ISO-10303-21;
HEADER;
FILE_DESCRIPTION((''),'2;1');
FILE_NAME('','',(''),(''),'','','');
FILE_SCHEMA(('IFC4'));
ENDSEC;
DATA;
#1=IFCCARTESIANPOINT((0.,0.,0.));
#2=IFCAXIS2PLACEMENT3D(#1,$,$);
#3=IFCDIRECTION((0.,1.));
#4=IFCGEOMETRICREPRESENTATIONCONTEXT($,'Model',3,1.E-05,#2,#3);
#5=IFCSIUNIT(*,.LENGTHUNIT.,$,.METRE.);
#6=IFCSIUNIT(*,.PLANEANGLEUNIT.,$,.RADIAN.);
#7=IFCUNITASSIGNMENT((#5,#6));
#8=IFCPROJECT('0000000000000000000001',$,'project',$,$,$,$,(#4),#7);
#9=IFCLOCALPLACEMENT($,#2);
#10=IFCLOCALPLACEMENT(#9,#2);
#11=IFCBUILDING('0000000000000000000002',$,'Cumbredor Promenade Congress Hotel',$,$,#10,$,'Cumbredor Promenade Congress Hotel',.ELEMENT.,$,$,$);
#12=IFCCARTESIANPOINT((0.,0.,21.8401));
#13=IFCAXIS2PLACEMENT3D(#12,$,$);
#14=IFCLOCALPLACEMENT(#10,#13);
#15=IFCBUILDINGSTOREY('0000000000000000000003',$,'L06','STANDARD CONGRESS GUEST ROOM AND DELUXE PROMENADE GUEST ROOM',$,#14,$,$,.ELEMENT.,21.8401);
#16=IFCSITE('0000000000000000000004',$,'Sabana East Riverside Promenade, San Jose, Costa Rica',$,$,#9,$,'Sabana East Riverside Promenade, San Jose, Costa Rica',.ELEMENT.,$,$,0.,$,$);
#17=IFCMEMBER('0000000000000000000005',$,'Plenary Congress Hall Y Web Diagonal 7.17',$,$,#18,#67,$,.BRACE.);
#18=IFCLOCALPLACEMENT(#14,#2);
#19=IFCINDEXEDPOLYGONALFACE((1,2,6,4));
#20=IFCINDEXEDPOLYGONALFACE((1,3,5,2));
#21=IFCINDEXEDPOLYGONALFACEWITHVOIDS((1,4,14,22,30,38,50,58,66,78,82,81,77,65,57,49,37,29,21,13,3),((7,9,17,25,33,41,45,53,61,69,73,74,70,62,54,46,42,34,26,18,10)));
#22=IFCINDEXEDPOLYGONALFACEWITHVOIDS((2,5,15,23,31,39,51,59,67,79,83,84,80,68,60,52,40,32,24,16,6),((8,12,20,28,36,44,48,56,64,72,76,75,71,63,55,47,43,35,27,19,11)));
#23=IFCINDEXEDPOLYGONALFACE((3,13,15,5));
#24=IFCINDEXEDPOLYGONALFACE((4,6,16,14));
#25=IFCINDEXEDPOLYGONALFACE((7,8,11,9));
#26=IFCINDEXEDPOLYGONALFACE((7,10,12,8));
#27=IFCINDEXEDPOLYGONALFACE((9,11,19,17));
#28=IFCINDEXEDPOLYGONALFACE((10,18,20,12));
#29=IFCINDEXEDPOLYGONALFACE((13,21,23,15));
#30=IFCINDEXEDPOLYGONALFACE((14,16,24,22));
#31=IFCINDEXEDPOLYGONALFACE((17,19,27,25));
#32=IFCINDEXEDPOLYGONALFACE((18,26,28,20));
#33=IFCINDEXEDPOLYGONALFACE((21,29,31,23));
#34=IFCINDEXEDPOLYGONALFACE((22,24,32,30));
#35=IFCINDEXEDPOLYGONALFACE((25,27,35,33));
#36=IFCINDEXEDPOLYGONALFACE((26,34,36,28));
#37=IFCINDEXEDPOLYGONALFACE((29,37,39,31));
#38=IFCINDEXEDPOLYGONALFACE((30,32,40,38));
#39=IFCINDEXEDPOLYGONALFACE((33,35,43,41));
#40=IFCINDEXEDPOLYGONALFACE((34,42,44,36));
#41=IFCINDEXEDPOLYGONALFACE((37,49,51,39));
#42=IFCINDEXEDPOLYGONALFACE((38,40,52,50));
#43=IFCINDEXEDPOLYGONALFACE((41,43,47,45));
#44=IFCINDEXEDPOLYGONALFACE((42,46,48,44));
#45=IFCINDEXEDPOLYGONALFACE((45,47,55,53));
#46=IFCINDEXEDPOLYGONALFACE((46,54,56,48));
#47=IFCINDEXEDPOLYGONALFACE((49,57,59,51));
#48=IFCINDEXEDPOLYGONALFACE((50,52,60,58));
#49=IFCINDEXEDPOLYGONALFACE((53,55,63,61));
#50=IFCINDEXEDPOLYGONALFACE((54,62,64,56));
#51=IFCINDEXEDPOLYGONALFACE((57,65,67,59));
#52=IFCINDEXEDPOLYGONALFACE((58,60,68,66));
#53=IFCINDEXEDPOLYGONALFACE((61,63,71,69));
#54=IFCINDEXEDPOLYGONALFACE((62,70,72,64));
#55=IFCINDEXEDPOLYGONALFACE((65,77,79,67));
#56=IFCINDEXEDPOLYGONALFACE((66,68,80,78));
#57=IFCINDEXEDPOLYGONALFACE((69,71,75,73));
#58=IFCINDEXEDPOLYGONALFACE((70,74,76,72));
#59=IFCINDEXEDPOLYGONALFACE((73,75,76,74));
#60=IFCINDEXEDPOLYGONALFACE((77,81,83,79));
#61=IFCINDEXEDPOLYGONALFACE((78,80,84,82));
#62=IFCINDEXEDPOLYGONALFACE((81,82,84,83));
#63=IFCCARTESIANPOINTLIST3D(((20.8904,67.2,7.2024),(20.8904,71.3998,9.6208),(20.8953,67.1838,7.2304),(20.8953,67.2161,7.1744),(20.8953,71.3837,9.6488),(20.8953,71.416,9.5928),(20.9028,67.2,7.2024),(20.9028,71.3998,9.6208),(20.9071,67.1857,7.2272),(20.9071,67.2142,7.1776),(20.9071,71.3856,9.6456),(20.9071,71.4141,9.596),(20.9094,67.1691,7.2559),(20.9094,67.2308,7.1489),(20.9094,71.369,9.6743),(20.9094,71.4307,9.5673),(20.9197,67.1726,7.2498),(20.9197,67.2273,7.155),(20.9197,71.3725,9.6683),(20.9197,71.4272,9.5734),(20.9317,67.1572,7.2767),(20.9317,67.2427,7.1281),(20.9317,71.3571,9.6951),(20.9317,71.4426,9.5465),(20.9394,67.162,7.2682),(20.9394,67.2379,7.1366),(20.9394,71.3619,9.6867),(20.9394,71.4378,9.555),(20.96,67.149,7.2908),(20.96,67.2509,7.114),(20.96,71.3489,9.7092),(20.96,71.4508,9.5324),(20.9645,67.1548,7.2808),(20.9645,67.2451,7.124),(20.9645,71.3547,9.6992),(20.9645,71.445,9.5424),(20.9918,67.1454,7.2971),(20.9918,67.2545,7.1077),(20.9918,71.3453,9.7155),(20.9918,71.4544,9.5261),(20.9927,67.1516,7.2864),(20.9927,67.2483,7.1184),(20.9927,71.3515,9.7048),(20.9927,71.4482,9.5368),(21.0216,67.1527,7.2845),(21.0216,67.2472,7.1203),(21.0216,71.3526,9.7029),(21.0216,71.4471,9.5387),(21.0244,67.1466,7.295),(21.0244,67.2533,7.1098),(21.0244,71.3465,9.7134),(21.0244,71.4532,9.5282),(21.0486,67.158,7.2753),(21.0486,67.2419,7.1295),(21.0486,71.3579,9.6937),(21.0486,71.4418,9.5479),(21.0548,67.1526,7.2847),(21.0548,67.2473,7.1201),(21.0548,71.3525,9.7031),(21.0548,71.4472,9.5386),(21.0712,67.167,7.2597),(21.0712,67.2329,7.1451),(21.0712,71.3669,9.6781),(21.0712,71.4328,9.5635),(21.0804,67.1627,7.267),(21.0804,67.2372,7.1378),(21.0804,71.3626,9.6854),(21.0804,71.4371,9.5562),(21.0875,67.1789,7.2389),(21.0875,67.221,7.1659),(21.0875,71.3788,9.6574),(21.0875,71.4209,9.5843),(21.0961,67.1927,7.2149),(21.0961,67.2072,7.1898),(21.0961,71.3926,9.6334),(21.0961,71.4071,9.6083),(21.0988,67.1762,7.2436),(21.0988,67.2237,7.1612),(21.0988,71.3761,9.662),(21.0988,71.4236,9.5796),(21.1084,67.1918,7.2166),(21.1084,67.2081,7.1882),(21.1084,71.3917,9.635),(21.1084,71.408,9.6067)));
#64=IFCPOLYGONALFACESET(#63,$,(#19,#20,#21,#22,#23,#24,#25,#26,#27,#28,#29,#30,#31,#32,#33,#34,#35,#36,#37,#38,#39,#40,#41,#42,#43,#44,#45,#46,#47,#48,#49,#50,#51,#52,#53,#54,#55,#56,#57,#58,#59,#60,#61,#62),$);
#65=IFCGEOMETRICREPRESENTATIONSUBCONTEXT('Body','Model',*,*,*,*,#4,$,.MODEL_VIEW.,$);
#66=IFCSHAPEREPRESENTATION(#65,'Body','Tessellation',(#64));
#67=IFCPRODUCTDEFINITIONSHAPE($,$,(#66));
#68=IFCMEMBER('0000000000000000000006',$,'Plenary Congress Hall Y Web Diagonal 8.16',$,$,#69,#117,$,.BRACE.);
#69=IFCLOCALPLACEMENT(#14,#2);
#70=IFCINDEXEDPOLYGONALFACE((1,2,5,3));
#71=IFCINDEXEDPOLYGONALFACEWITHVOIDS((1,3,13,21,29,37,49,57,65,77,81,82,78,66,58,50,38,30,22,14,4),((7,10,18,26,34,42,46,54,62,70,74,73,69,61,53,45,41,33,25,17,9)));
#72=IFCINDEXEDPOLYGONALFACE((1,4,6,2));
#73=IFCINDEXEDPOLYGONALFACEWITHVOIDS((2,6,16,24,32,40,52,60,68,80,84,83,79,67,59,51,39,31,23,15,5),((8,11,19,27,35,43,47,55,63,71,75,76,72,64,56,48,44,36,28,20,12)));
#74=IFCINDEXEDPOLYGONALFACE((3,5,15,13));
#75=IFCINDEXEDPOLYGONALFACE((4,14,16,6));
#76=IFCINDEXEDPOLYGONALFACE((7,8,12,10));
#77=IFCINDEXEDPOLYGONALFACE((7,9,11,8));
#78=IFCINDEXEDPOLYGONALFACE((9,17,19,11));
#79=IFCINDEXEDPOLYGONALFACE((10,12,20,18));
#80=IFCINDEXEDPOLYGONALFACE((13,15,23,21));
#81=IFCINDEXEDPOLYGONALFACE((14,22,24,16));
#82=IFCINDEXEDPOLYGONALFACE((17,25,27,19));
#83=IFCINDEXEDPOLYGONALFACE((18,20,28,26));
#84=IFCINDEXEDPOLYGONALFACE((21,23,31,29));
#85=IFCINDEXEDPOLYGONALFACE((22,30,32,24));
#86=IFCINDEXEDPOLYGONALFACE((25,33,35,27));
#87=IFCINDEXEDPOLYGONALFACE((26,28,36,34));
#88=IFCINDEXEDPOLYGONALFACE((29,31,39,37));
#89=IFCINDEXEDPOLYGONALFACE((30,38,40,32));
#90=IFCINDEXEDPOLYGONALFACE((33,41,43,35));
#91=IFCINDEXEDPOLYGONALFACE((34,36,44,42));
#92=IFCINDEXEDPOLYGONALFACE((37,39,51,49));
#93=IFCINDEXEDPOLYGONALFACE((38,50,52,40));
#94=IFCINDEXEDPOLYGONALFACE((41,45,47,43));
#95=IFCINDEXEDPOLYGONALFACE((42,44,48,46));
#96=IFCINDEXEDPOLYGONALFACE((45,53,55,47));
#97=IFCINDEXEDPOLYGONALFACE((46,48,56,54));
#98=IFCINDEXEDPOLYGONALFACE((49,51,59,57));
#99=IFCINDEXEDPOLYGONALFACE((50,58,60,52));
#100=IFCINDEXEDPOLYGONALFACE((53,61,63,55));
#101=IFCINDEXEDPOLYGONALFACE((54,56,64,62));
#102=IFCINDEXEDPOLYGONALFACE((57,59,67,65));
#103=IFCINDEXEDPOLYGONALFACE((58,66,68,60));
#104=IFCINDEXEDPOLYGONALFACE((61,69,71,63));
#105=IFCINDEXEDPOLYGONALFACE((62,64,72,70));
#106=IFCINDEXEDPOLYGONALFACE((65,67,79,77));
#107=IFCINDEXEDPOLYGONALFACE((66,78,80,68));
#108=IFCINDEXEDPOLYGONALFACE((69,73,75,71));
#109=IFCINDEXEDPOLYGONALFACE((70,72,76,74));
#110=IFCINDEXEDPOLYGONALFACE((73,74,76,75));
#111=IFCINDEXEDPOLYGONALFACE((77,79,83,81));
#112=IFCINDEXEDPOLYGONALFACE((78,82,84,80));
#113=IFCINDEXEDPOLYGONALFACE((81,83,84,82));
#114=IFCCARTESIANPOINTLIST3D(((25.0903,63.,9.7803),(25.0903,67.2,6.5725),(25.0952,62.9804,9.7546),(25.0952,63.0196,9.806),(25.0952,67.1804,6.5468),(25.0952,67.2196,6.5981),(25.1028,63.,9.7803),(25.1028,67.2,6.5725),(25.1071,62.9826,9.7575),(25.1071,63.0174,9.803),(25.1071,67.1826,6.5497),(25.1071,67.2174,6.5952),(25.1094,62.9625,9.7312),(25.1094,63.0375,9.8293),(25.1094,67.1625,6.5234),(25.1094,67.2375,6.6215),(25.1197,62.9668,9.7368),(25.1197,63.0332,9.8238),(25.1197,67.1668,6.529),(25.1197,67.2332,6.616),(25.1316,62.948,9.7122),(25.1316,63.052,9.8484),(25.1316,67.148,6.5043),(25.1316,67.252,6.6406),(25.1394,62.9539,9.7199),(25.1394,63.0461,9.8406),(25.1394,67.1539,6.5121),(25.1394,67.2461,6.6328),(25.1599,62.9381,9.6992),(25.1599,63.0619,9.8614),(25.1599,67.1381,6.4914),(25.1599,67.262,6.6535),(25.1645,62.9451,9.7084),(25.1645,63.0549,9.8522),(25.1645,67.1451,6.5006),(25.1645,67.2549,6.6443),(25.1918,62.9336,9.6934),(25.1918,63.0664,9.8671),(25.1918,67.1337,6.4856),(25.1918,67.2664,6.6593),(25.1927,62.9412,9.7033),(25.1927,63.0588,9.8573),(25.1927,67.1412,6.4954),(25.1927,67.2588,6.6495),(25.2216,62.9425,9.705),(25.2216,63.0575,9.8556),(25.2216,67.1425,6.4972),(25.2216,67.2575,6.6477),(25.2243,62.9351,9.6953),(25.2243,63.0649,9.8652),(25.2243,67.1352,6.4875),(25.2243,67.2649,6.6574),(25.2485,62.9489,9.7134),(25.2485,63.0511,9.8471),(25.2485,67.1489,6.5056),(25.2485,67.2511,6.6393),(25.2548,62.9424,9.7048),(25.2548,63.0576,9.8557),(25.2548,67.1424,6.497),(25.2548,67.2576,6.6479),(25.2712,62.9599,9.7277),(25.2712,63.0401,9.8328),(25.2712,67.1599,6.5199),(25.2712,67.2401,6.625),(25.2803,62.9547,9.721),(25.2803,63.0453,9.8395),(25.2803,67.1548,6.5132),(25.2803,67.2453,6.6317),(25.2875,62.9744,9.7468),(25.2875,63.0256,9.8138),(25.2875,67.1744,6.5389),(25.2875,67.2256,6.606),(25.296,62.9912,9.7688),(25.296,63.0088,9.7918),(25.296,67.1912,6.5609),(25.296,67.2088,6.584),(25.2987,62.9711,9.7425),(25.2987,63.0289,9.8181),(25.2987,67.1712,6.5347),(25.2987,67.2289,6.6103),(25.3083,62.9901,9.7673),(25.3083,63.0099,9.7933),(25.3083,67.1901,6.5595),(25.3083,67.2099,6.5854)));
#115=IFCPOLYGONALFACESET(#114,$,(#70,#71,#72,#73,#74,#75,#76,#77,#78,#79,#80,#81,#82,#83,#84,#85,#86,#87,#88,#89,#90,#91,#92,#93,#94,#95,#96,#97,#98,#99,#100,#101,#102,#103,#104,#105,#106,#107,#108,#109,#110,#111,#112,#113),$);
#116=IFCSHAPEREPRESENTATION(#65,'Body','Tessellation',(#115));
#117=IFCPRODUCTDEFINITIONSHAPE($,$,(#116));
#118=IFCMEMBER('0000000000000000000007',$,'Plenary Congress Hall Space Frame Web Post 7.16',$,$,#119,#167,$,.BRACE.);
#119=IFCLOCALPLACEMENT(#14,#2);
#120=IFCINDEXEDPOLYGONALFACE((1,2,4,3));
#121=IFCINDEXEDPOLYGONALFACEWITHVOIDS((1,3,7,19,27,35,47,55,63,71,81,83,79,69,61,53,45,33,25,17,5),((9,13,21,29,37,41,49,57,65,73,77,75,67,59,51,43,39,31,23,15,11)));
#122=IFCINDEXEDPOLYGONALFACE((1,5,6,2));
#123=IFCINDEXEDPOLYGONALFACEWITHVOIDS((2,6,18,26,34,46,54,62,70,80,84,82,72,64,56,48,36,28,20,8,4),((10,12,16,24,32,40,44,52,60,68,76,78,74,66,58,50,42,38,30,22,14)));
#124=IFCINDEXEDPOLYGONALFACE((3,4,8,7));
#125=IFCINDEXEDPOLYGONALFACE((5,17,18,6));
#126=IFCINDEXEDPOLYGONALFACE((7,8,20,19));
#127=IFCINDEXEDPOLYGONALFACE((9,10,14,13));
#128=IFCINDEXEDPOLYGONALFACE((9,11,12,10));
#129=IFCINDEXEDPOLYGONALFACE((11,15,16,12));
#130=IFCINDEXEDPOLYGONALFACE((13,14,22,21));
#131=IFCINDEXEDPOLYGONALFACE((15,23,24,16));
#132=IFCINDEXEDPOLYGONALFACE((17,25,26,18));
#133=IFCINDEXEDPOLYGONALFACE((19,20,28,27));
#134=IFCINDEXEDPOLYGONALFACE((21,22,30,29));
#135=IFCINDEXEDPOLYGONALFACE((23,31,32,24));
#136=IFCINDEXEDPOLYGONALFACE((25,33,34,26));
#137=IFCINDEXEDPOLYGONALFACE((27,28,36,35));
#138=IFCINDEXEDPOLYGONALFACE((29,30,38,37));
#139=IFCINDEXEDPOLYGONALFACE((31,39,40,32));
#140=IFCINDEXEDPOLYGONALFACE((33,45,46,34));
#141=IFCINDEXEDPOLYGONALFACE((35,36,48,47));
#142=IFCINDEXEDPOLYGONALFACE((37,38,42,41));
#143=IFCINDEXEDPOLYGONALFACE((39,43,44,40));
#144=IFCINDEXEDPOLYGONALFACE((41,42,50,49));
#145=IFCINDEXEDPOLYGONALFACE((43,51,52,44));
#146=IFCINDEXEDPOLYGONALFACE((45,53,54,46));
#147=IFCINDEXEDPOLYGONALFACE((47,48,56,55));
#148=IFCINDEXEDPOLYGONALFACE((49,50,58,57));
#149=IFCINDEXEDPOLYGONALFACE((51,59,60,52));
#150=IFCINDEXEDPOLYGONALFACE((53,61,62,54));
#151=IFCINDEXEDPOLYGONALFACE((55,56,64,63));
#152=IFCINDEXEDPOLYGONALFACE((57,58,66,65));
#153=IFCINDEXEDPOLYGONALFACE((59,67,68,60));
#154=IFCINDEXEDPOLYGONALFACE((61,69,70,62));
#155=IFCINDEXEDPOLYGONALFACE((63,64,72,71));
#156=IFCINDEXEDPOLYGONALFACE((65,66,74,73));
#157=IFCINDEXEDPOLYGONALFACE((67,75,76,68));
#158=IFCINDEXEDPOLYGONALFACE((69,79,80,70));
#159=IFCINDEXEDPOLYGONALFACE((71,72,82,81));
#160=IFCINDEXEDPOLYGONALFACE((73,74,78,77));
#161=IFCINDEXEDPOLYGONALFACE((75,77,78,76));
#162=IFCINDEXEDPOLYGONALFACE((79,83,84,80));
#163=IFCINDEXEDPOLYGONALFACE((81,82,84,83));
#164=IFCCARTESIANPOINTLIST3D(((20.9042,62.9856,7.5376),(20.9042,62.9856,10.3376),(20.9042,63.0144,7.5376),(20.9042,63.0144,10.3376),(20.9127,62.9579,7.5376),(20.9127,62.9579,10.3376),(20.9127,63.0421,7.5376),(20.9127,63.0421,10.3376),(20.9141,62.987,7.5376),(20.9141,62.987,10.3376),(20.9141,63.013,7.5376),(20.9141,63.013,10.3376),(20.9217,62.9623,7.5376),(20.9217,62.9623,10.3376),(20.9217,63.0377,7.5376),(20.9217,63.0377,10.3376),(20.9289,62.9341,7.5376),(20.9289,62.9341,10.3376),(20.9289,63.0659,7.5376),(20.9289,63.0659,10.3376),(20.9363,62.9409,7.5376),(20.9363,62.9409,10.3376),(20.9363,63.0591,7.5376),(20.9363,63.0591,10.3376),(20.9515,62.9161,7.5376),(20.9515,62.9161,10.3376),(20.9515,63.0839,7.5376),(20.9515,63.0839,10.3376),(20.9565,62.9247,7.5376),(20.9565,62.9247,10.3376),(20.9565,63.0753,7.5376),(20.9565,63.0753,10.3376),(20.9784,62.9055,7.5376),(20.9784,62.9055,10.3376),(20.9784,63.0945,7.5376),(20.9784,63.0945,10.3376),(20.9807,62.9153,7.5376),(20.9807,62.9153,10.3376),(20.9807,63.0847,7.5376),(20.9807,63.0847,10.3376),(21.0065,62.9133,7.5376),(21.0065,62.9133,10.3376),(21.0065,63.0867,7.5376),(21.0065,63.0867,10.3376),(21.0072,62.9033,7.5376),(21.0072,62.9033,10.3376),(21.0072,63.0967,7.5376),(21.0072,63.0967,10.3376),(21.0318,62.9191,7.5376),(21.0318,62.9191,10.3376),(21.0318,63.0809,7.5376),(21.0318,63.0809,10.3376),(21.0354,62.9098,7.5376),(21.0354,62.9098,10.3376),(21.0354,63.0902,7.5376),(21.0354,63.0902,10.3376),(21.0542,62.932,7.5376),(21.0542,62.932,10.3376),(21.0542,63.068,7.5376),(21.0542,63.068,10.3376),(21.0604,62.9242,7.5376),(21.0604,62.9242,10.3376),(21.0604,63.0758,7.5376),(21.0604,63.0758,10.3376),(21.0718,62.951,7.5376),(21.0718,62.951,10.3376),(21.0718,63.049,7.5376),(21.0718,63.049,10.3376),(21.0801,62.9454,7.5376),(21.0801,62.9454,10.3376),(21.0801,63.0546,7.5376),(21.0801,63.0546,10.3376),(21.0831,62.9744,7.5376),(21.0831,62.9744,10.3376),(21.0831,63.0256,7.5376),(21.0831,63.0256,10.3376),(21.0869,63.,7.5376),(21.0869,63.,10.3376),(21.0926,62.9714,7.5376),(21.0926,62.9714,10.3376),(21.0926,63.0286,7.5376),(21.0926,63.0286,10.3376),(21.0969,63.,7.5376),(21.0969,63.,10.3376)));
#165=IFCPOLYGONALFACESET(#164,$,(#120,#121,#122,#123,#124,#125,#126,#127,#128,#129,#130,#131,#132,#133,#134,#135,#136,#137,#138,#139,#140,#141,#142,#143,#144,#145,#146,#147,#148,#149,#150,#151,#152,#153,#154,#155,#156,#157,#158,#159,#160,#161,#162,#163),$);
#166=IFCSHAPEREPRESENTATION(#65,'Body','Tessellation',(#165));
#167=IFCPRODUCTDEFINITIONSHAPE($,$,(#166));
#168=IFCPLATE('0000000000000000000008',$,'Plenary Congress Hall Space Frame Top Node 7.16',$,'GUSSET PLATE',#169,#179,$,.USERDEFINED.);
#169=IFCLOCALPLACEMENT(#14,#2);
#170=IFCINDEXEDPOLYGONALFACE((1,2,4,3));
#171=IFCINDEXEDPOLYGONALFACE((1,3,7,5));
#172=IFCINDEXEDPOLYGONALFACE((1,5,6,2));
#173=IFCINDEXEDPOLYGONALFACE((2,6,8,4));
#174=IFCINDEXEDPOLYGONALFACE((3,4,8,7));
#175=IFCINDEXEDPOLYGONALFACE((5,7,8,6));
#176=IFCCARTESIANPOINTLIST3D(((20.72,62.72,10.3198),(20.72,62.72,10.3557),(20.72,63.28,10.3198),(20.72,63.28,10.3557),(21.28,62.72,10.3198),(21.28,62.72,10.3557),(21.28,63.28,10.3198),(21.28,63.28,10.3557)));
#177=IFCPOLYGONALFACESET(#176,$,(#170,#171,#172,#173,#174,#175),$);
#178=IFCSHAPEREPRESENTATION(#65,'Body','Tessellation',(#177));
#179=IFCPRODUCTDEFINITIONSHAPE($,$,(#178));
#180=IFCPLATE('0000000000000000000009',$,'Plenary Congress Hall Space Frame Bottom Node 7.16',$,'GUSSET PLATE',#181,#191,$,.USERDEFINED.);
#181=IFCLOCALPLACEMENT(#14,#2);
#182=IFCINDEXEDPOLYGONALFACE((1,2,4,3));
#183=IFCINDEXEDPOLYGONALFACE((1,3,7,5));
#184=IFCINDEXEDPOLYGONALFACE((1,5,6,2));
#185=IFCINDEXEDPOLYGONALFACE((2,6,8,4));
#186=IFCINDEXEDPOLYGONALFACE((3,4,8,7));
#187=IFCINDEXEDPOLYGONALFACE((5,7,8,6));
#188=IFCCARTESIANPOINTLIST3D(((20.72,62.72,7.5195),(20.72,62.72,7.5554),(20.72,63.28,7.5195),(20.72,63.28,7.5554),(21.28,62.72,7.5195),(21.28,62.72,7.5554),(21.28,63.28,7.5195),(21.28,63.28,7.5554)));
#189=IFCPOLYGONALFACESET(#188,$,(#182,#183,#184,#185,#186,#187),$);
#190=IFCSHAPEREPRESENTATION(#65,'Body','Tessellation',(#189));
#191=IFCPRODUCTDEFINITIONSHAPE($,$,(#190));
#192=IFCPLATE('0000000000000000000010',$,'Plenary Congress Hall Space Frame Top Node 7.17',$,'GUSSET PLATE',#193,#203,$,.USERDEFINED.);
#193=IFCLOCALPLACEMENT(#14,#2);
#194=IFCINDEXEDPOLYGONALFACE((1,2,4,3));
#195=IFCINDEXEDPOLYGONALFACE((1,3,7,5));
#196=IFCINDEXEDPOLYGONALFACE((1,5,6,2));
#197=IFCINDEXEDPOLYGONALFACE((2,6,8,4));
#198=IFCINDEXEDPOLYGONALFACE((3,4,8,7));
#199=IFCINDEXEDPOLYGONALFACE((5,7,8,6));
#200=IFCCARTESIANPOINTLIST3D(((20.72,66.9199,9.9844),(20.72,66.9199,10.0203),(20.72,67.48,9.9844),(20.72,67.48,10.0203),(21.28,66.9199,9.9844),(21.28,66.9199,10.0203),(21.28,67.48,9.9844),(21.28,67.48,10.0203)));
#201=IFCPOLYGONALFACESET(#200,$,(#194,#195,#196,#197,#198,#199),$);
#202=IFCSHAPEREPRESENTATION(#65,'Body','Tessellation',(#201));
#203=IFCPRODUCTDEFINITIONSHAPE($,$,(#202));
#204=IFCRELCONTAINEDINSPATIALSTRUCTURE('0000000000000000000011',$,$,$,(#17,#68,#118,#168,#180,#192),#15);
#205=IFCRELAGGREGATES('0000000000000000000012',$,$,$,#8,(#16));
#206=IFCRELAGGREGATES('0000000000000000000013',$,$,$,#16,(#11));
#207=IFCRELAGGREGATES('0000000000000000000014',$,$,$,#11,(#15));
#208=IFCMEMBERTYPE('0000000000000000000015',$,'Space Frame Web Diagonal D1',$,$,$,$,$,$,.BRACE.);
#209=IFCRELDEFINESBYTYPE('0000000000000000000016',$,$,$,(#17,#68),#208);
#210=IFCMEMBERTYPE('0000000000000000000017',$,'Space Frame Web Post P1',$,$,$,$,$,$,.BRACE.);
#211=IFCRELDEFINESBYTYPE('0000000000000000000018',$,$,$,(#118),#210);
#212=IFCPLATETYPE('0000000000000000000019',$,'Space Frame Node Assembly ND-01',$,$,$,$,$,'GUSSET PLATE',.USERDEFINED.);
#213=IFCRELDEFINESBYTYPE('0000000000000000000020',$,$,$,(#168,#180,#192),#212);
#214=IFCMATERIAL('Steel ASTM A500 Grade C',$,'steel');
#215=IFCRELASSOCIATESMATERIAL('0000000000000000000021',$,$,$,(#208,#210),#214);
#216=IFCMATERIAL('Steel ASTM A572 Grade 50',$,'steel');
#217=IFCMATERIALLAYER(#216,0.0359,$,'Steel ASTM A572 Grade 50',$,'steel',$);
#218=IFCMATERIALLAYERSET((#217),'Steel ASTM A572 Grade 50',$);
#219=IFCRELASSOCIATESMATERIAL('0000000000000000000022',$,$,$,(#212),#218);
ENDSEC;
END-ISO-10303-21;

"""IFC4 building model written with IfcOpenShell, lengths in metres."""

from ifc_helpers import new_model, si_unit, direction, frame, origin, origin_2d, place, context, subcontext, project, spatial, rectangle, hollow_circle, extrude, material, layer, layer_set, material_profile, profile_set, type_object, element, save


model = new_model("IFC4")

# Units and contexts
model_context = context("Model", 3, precision=1e-05, world=origin(), true_north=direction((0.0, 1.0)))
body_context = subcontext(model_context, "Body", "Model", "MODEL_VIEW")
ifc_project = project(units=[si_unit("LENGTHUNIT", "METRE"), si_unit("PLANEANGLEUNIT", "RADIAN")], contexts=[model_context])

# Site, building, storey
site_placement = place(None, origin())
site = spatial("IfcSite", under=ifc_project, at=site_placement, Name="Sabana East Riverside Promenade, San Jose, Costa Rica", LongName="Sabana East Riverside Promenade, San Jose, Costa Rica", CompositionType="ELEMENT", RefElevation=0.0)
building_placement = place(site_placement, origin())
building = spatial("IfcBuilding", under=site, at=building_placement, Name="Cumbredor Promenade Congress Hotel", LongName="Cumbredor Promenade Congress Hotel", CompositionType="ELEMENT")
storey_placement = place(building_placement, frame((0.0, 0.0, 21.8401)))
storey = spatial("IfcBuildingStorey", under=building, at=storey_placement, Name="L06", Description="STANDARD CONGRESS GUEST ROOM AND DELUXE PROMENADE GUEST ROOM", CompositionType="ELEMENT", Elevation=21.8401)

# Members
ifc_material_1 = material(Name="Steel ASTM A500 Grade C", Category="steel")
ifc_material_profile_1 = material_profile(ifc_material_1, hollow_circle(Radius=0.1096, WallThickness=0.0125, at=origin_2d()), Name="CHS 219.1x12.5")
ifc_profile_set_1 = profile_set([ifc_material_profile_1], Name="Steel ASTM A500 Grade C")
member_type_1 = type_object("IfcMemberType", Name="Space Frame Web Diagonal D1", PredefinedType="BRACE", material=ifc_profile_set_1)
member_1_placement = place(storey_placement, frame((21.0, 67.2, 7.2024), z_axis=(0.0, 0.866595, 0.499011), x_axis=(-1.0, 0.0, 0.0)))
element("IfcMember", 1, at=member_1_placement, inside=storey, type_object=member_type_1, Name="Plenary Congress Hall Y Web Diagonal 7.17", PredefinedType="BRACE", context=body_context, shape_type="SweptSolid", body=[
    extrude(hollow_circle(Radius=0.1096, WallThickness=0.0125, at=origin_2d()), origin(), (0.0, 0.0, 1.0), 4.8464),
])
member_2_placement = place(storey_placement, frame((25.2, 63.0, 9.7803), z_axis=(0.0, 0.79472, -0.606977), x_axis=(-1.0, 0.0, 0.0)))
element("IfcMember", 2, at=member_2_placement, inside=storey, type_object=member_type_1, Name="Plenary Congress Hall Y Web Diagonal 8.16", PredefinedType="BRACE", context=body_context, shape_type="SweptSolid", body=[
    extrude(hollow_circle(Radius=0.1096, WallThickness=0.0125, at=origin_2d()), origin(), (0.0, 0.0, 1.0), 5.2849),
])
ifc_material_profile_2 = material_profile(ifc_material_1, hollow_circle(Radius=0.0969, WallThickness=0.01, at=origin_2d()), Name="CHS 193.7x10")
ifc_profile_set_2 = profile_set([ifc_material_profile_2], Name="Steel ASTM A500 Grade C")
member_type_2 = type_object("IfcMemberType", Name="Space Frame Web Post P1", PredefinedType="BRACE", material=ifc_profile_set_2)
member_3_placement = place(storey_placement, frame((21.0, 63.0, 7.5376), z_axis=(0.0, 0.0, 1.0), x_axis=(1.0, 0.0, 0.0)))
element("IfcMember", 3, at=member_3_placement, inside=storey, type_object=member_type_2, Name="Plenary Congress Hall Space Frame Web Post 7.16", PredefinedType="BRACE", context=body_context, shape_type="SweptSolid", body=[
    extrude(hollow_circle(Radius=0.0969, WallThickness=0.01, at=origin_2d()), origin(), (0.0, 0.0, 1.0), 2.8),
])

# Plates
ifc_material_2 = material(Name="Steel ASTM A572 Grade 50", Category="steel")
ifc_layer = layer(ifc_material_2, 0.0359, Name="Steel ASTM A572 Grade 50", Category="steel")
ifc_layer_set = layer_set([ifc_layer], Name="Steel ASTM A572 Grade 50")
plate_type = type_object("IfcPlateType", Name="Space Frame Node Assembly ND-01", ElementType="GUSSET PLATE", PredefinedType="USERDEFINED", material=ifc_layer_set)
for number, where, z_axis, x_axis, name in (
    (4, (21.0, 63.0, 10.3198), (0.0, 0.0, 1.0), (1.0, 0.0, 0.0), "Plenary Congress Hall Space Frame Top Node 7.16"),
    (5, (21.0, 63.0, 7.5195), (0.0, 0.0, 1.0), (1.0, 0.0, 0.0), "Plenary Congress Hall Space Frame Bottom Node 7.16"),
    (6, (21.0, 67.2, 9.9844), (0.0, 0.0, 1.0), (1.0, 0.0, 0.0), "Plenary Congress Hall Space Frame Top Node 7.17"),
):
    element("IfcPlate", number, at=place(storey_placement, frame(where, z_axis=z_axis, x_axis=x_axis)), inside=storey, type_object=plate_type, Name=name, ObjectType="GUSSET PLATE", PredefinedType="USERDEFINED", context=body_context, shape_type="SweptSolid", body=[
        extrude(rectangle(XDim=0.5601, YDim=0.5601, at=origin_2d()), origin(), (0.0, 0.0, 1.0), 0.0359),
    ])

save(model, "model.ifc")
